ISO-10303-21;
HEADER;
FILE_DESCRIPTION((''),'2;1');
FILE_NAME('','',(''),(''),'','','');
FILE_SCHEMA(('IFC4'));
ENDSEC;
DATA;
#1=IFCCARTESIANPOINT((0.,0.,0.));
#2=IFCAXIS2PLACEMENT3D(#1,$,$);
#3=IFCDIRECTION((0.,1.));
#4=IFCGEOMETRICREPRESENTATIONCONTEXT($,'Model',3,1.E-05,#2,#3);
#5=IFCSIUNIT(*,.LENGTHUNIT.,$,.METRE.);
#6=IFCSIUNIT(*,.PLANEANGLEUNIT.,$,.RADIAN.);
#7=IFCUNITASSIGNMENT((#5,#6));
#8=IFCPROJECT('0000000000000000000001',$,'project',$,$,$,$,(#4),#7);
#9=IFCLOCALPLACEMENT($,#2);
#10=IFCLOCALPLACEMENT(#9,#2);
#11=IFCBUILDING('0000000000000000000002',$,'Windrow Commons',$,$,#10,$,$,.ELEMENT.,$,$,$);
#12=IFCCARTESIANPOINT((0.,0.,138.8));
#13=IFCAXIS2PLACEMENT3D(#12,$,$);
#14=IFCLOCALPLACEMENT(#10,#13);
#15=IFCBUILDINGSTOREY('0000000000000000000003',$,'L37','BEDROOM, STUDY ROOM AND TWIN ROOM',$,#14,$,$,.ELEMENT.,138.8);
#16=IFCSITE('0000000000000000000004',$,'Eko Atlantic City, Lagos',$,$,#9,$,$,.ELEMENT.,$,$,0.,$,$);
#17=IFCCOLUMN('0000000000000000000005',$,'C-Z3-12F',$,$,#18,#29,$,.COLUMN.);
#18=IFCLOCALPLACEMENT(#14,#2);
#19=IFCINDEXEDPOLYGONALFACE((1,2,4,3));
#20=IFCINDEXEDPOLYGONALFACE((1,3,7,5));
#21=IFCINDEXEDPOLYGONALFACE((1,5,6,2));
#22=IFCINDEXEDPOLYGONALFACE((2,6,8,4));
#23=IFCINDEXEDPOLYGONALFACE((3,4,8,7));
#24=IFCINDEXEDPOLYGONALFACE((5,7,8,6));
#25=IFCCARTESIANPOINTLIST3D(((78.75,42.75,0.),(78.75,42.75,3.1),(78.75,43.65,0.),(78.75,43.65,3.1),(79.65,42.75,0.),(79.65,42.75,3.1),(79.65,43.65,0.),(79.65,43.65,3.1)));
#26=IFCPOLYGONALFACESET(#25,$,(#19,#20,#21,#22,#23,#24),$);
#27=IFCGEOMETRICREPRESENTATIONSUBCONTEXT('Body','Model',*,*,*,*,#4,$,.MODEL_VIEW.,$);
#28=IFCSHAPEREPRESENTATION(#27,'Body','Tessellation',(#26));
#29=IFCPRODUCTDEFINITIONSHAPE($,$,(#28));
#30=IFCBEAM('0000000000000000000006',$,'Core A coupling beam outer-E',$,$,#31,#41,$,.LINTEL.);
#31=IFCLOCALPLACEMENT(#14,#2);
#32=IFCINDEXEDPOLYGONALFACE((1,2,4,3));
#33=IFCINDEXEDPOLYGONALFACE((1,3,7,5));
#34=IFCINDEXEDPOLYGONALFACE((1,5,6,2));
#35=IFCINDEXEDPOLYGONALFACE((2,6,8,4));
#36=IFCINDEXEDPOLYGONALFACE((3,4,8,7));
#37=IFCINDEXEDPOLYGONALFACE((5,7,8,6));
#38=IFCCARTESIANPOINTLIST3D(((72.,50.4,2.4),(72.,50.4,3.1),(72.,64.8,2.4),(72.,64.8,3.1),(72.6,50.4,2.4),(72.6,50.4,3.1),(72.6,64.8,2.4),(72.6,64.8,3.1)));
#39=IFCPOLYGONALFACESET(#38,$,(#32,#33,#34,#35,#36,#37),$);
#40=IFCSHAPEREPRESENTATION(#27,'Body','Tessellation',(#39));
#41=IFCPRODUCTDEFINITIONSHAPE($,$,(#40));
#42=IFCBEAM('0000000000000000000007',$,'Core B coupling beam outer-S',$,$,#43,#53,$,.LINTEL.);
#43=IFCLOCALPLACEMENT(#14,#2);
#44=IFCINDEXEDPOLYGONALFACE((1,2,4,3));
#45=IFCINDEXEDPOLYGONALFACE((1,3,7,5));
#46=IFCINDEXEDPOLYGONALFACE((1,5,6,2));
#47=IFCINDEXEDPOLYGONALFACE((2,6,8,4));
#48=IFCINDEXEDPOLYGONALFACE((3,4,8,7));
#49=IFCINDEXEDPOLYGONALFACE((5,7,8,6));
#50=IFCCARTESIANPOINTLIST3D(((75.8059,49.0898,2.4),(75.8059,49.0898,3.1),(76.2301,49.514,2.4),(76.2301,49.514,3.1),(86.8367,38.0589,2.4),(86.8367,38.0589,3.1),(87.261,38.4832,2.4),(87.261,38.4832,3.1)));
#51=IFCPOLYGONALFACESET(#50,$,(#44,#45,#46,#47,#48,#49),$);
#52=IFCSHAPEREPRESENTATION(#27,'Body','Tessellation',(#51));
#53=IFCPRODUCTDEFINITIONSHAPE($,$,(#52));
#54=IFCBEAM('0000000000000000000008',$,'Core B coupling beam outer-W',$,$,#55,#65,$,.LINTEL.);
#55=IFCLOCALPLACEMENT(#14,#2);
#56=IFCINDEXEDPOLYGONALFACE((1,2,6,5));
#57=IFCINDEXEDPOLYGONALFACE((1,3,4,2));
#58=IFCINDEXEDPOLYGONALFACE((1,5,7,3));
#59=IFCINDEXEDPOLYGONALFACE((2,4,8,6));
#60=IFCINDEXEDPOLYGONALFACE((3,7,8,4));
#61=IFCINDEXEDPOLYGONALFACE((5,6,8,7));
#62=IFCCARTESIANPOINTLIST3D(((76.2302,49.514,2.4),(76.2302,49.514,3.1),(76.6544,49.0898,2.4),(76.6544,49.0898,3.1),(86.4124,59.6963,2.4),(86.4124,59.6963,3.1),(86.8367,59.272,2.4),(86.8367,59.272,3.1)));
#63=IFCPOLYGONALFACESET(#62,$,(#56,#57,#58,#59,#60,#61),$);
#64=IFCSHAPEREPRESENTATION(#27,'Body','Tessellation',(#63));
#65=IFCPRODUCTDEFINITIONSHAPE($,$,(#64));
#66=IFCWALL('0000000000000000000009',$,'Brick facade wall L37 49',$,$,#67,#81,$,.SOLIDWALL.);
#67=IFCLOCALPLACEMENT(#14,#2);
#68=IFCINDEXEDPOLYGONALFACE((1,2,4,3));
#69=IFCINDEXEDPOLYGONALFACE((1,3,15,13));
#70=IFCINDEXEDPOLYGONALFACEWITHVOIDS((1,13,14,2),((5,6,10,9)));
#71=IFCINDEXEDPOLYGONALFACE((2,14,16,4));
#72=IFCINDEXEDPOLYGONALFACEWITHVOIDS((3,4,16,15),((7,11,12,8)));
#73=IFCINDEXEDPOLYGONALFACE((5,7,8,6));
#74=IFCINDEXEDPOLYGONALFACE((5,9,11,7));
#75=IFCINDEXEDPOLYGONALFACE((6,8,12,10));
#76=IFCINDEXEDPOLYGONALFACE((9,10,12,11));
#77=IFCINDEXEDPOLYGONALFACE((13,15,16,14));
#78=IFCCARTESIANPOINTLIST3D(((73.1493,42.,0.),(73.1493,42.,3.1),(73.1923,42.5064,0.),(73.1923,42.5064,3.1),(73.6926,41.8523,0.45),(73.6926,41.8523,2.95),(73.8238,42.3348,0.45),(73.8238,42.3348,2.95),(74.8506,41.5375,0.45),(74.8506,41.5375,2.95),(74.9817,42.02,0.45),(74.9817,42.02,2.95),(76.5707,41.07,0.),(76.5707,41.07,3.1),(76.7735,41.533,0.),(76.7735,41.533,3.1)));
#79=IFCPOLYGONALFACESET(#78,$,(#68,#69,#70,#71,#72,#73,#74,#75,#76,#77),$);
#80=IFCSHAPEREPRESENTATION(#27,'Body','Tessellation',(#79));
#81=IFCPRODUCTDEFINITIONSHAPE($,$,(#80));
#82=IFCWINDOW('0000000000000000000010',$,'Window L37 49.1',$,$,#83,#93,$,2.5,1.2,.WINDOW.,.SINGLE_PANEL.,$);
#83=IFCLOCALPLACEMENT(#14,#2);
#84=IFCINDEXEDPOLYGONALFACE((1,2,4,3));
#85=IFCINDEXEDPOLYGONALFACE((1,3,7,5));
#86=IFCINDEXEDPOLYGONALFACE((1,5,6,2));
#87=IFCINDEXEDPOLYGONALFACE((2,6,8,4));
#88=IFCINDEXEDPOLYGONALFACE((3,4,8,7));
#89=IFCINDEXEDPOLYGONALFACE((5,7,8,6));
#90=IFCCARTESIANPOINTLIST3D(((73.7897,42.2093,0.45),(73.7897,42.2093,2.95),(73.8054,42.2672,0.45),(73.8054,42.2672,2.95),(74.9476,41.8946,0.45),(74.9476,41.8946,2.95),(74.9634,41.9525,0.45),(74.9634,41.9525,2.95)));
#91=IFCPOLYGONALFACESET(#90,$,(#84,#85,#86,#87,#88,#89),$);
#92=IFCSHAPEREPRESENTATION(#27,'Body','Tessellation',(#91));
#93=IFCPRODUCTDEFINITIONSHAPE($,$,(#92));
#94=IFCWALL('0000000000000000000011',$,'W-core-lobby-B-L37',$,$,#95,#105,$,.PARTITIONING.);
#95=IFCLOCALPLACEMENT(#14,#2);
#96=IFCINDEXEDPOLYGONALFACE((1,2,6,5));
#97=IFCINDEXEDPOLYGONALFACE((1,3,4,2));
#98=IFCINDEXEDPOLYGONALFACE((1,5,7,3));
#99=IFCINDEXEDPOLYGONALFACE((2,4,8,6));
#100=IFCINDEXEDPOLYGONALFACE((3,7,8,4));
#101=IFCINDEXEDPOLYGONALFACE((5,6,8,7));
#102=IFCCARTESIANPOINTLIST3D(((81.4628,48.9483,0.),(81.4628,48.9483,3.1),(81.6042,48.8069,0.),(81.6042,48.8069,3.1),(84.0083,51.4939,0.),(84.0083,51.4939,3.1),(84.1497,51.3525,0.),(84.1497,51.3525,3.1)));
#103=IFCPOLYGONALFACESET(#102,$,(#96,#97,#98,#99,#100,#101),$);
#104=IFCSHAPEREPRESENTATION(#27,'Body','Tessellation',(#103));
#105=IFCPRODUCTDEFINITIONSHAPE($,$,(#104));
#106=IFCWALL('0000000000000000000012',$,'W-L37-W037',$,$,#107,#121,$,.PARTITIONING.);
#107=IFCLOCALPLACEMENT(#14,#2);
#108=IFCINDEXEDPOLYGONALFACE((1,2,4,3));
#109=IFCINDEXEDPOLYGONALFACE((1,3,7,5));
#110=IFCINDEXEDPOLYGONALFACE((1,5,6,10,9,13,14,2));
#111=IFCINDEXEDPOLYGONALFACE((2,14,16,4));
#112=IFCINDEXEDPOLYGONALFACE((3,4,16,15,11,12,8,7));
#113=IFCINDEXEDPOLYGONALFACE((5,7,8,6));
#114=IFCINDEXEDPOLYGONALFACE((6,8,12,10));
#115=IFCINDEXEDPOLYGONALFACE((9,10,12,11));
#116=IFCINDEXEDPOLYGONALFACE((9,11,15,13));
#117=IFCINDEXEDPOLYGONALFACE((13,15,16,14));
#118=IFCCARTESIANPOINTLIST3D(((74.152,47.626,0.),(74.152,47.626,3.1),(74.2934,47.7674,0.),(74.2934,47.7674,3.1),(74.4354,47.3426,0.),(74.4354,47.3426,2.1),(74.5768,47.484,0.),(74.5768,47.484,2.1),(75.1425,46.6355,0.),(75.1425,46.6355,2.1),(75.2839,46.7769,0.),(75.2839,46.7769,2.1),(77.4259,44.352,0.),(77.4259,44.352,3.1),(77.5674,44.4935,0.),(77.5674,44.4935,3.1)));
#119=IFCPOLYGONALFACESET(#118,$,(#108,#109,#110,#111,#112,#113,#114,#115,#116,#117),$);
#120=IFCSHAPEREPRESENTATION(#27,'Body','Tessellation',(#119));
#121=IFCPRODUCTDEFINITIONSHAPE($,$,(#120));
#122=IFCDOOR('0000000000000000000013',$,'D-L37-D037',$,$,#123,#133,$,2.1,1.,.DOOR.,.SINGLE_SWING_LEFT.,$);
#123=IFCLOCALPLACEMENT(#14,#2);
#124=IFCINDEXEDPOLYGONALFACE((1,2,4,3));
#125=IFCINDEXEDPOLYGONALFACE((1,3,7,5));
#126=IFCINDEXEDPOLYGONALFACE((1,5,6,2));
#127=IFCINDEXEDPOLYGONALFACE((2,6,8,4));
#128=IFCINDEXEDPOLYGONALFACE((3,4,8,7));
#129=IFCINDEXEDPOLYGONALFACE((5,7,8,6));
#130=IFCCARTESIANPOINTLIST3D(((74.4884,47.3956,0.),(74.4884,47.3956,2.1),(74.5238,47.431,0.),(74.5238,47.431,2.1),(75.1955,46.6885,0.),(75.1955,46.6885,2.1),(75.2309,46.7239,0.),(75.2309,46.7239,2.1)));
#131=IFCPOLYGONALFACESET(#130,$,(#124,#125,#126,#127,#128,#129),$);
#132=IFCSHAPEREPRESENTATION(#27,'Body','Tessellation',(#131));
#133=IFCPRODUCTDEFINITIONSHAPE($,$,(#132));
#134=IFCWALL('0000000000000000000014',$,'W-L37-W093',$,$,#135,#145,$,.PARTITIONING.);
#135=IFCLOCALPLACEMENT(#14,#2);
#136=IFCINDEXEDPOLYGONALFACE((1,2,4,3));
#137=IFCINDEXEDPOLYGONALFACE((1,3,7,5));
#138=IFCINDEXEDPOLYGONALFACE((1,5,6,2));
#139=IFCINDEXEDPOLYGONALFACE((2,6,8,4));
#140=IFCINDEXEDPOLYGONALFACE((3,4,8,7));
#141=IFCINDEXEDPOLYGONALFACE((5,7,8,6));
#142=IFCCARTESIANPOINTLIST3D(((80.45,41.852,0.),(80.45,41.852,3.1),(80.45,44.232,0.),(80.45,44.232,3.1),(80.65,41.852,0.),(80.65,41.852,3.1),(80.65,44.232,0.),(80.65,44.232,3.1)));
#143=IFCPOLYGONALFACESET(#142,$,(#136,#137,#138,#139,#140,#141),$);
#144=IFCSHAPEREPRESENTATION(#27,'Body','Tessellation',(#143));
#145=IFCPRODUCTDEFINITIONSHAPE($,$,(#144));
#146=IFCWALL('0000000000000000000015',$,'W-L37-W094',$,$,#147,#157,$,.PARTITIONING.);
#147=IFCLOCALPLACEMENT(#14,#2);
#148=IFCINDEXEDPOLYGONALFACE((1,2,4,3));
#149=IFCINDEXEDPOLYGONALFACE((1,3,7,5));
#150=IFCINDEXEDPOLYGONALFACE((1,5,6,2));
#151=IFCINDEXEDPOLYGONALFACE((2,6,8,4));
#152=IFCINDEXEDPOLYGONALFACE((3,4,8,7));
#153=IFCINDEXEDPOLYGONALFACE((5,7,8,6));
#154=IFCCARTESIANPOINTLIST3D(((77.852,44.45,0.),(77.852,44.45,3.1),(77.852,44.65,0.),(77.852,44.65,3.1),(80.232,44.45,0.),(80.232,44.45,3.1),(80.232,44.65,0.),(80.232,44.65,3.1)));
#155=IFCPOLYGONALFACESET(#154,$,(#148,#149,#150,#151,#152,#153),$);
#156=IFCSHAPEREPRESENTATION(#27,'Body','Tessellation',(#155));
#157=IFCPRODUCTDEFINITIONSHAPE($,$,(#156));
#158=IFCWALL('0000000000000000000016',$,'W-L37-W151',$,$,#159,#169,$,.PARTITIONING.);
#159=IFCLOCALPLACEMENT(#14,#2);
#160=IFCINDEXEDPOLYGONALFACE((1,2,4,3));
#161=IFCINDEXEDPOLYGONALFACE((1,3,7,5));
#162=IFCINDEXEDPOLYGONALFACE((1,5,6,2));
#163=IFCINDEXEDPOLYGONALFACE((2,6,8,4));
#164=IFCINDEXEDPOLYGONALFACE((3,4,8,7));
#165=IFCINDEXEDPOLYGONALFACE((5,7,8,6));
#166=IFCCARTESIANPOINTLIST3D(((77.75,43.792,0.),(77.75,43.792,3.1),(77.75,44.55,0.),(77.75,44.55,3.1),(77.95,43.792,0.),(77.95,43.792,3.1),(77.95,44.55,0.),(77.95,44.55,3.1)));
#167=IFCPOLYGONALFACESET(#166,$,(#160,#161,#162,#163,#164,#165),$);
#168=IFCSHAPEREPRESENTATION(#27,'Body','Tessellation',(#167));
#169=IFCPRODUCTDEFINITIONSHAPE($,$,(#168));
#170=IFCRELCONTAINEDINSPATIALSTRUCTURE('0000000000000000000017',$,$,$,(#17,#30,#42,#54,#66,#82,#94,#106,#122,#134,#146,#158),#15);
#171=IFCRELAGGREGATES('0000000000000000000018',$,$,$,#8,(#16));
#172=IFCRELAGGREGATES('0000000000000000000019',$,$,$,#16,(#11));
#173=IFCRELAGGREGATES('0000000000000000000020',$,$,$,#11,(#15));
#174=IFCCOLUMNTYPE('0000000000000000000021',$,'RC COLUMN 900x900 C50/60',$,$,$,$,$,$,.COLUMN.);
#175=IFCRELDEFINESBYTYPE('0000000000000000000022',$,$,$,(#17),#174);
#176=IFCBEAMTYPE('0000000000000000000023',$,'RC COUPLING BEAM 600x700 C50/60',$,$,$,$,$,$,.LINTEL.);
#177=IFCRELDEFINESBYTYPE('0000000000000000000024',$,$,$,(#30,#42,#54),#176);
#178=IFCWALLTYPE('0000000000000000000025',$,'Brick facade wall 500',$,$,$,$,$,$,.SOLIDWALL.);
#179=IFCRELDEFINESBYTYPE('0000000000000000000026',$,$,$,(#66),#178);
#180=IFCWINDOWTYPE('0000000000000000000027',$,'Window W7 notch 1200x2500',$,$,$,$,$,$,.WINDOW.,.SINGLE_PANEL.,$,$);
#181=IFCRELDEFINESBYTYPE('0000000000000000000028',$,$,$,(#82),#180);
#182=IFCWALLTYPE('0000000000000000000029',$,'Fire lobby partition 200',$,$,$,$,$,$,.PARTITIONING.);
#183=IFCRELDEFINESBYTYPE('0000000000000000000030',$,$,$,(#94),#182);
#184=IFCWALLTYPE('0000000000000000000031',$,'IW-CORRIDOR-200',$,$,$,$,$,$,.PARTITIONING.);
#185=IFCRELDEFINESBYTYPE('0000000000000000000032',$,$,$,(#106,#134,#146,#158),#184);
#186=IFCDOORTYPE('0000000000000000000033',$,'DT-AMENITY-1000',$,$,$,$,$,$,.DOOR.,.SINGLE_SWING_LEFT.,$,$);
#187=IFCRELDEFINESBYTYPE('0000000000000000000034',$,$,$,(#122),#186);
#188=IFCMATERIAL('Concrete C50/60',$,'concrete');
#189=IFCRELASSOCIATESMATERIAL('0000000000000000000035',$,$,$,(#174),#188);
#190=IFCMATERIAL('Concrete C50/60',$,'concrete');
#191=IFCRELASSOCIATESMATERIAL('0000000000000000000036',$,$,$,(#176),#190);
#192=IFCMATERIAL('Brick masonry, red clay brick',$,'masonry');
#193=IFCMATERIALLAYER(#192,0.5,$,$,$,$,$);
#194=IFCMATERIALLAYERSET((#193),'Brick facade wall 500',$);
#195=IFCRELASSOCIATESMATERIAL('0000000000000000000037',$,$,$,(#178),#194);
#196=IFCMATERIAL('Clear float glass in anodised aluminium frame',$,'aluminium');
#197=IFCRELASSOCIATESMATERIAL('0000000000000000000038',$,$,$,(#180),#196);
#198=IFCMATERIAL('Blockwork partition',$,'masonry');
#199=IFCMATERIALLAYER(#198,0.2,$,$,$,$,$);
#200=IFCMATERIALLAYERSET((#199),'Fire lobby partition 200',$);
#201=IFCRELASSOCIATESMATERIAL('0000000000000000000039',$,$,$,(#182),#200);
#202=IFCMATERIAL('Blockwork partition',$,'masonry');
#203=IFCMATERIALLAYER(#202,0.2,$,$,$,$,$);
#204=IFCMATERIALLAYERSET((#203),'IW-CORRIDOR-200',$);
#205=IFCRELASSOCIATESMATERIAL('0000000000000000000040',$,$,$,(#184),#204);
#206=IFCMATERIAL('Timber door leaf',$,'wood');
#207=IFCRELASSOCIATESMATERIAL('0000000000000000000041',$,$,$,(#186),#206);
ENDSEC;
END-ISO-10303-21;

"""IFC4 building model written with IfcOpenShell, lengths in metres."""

from ifc_helpers import new_model, si_unit, direction, frame, frame_2d, origin, origin_2d, place, context, subcontext, project, spatial, polyline, rectangle, outline, extrude, material, layer, layer_set, material_profile, profile_set, type_object, element, fill, save


model = new_model("IFC4")

# Units and contexts
model_context = context("Model", 3, precision=1e-05, world=origin(), true_north=direction((0.0, 1.0)))
body_context = subcontext(model_context, "Body", "Model", "MODEL_VIEW")
ifc_project = project(units=[si_unit("LENGTHUNIT", "METRE"), si_unit("PLANEANGLEUNIT", "RADIAN")], contexts=[model_context])

# Site, building, storey
site_placement = place(None, origin())
site = spatial("IfcSite", under=ifc_project, at=site_placement, Name="Eko Atlantic City, Lagos", CompositionType="ELEMENT", RefElevation=0.0)
building_placement = place(site_placement, origin())
building = spatial("IfcBuilding", under=site, at=building_placement, Name="Windrow Commons", CompositionType="ELEMENT")
storey_placement = place(building_placement, frame((0.0, 0.0, 138.8)))
storey = spatial("IfcBuildingStorey", under=building, at=storey_placement, Name="L37", Description="BEDROOM, STUDY ROOM AND TWIN ROOM", CompositionType="ELEMENT", Elevation=138.8)

# Column
ifc_material_1 = material(Name="Concrete C50/60", Category="concrete")
ifc_material_profile_1 = material_profile(ifc_material_1, rectangle(XDim=0.9, YDim=0.9, at=origin_2d()))
ifc_profile_set_1 = profile_set([ifc_material_profile_1], Name="Concrete C50/60")
column_type = type_object("IfcColumnType", Name="RC COLUMN 900x900 C50/60", PredefinedType="COLUMN", material=ifc_profile_set_1)
column_placement = place(storey_placement, frame((79.2, 43.2, 0.0), z_axis=(0.0, 0.0, 1.0), x_axis=(1.0, 0.0, 0.0)))
element("IfcColumn", 1, at=column_placement, inside=storey, type_object=column_type, Name="C-Z3-12F", PredefinedType="COLUMN", context=body_context, shape_type="SweptSolid", body=[
    extrude(rectangle(XDim=0.9, YDim=0.9, at=origin_2d()), origin(), (0.0, 0.0, 1.0), 3.1),
])

# Beams
ifc_material_2 = material(Name="Concrete C50/60", Category="concrete")
ifc_material_profile_2 = material_profile(ifc_material_2, rectangle(XDim=0.6, YDim=0.7, at=origin_2d()))
ifc_profile_set_2 = profile_set([ifc_material_profile_2], Name="Concrete C50/60")
beam_type = type_object("IfcBeamType", Name="RC COUPLING BEAM 600x700 C50/60", PredefinedType="LINTEL", material=ifc_profile_set_2)
beam_1_placement = place(storey_placement, frame((72.3, 50.4, 2.75), z_axis=(0.0, 1.0, 0.0), x_axis=(-1.0, 0.0, 0.0)))
element("IfcBeam", 2, at=beam_1_placement, inside=storey, type_object=beam_type, Name="Core A coupling beam outer-E", PredefinedType="LINTEL", context=body_context, shape_type="SweptSolid", body=[
    extrude(rectangle(XDim=0.6, YDim=0.7, at=origin_2d()), origin(), (0.0, 0.0, 1.0), 14.4),
])
beam_2_placement = place(storey_placement, frame((76.018, 49.3019, 2.75), z_axis=(0.707107, -0.707107, 0.0), x_axis=(0.707107, 0.707107, 0.0)))
element("IfcBeam", 3, at=beam_2_placement, inside=storey, type_object=beam_type, Name="Core B coupling beam outer-S", PredefinedType="LINTEL", context=body_context, shape_type="SweptSolid", body=[
    extrude(rectangle(XDim=0.6, YDim=0.7, at=origin_2d()), origin(), (0.0, 0.0, 1.0), 15.6),
])
beam_3_placement = place(storey_placement, frame((76.4423, 49.3019, 2.75), z_axis=(0.707107, 0.707107, 0.0), x_axis=(-0.707107, 0.707107, 0.0)))
element("IfcBeam", 4, at=beam_3_placement, inside=storey, type_object=beam_type, Name="Core B coupling beam outer-W", PredefinedType="LINTEL", context=body_context, shape_type="SweptSolid", body=[
    extrude(rectangle(XDim=0.6, YDim=0.7, at=origin_2d()), origin(), (0.0, 0.0, 1.0), 14.3999),
])

# Wall, opening, window
ifc_material_3 = material(Name="Brick masonry, red clay brick", Category="masonry")
ifc_layer_1 = layer(ifc_material_3, 0.5)
ifc_layer_set_1 = layer_set([ifc_layer_1], Name="Brick facade wall 500")
wall_type_1 = type_object("IfcWallType", Name="Brick facade wall 500", PredefinedType="SOLIDWALL", material=ifc_layer_set_1)
wall_1_placement = place(storey_placement, frame((73.1708, 42.2532, 0.0), z_axis=(0.0, 0.0, 1.0), x_axis=(0.964987, -0.262296, 0.0)))
wall_1 = element("IfcWall", 5, at=wall_1_placement, inside=storey, type_object=wall_type_1, Name="Brick facade wall L37 49", PredefinedType="SOLIDWALL", context=body_context, shape_type="SweptSolid", body=[
    extrude(outline(polyline([(0.0457, -0.25), (3.5912, -0.25), (3.6655, 0.25), (-0.0457, 0.25), (0.0457, -0.25)])), origin(), (0.0, 0.0, 1.0), 3.1),
])
opening_1_placement = place(wall_1_placement, frame((0.6087, 0.0, 0.45)))
opening_1 = element("IfcOpeningElement", 6, at=opening_1_placement, cuts=wall_1, PredefinedType="OPENING", context=body_context, shape_type="SweptSolid", body=[
    extrude(rectangle(XDim=1.2, YDim=2.5, at=frame_2d((0.6, 1.25))), frame((0.0, 0.26, 0.0), z_axis=(0.0, -1.0, 0.0), x_axis=(1.0, 0.0, 0.0)), (0.0, 0.0, 1.0), 0.52),
])
ifc_material_4 = material(Name="Clear float glass in anodised aluminium frame", Category="aluminium")
window_type = type_object("IfcWindowType", Name="Window W7 notch 1200x2500", PartitioningType="SINGLE_PANEL", PredefinedType="WINDOW", material=ifc_material_4)
window_placement = place(opening_1_placement, origin())
window = element("IfcWindow", 7, at=window_placement, inside=storey, type_object=window_type, Name="Window L37 49.1", OverallHeight=2.5, OverallWidth=1.2, PartitioningType="SINGLE_PANEL", PredefinedType="WINDOW", context=body_context, shape_type="SweptSolid", body=[
    extrude(rectangle(XDim=1.2, YDim=2.5, at=frame_2d((0.6, 1.25))), frame((0.0, 0.18, 0.0), z_axis=(0.0, -1.0, 0.0), x_axis=(1.0, 0.0, 0.0)), (0.0, 0.0, 1.0), 0.06),
])
fill(opening_1, window)

# Wall
ifc_material_5 = material(Name="Blockwork partition", Category="masonry")
ifc_layer_2 = layer(ifc_material_5, 0.2)
ifc_layer_set_2 = layer_set([ifc_layer_2], Name="Fire lobby partition 200")
wall_type_2 = type_object("IfcWallType", Name="Fire lobby partition 200", PredefinedType="PARTITIONING", material=ifc_layer_set_2)
wall_2_placement = place(storey_placement, frame((81.5335, 48.8776, 0.0), z_axis=(0.0, 0.0, 1.0), x_axis=(0.707093, 0.707121, 0.0)))
element("IfcWall", 8, at=wall_2_placement, inside=storey, type_object=wall_type_2, Name="W-core-lobby-B-L37", PredefinedType="PARTITIONING", context=body_context, shape_type="SweptSolid", body=[
    extrude(rectangle(XDim=3.6, YDim=0.2, at=frame_2d((1.8, 0.0))), origin(), (0.0, 0.0, 1.0), 3.1),
])

# Wall, opening, door
ifc_material_6 = material(Name="Blockwork partition", Category="masonry")
ifc_layer_3 = layer(ifc_material_6, 0.2)
ifc_layer_set_3 = layer_set([ifc_layer_3], Name="IW-CORRIDOR-200")
wall_type_3 = type_object("IfcWallType", Name="IW-CORRIDOR-200", PredefinedType="PARTITIONING", material=ifc_layer_set_3)
wall_3_placement = place(storey_placement, frame((74.2227, 47.6967, 0.0), z_axis=(0.0, 0.0, 1.0), x_axis=(0.707107, -0.707107, 0.0)))
wall_3 = element("IfcWall", 9, at=wall_3_placement, inside=storey, type_object=wall_type_3, Name="W-L37-W037", PredefinedType="PARTITIONING", context=body_context, shape_type="SweptSolid", body=[
    extrude(rectangle(XDim=4.6301, YDim=0.2, at=frame_2d((2.315, 0.0))), origin(), (0.0, 0.0, 1.0), 3.1),
])
opening_2_placement = place(wall_3_placement, frame((0.4008, 0.0, 0.0)))
opening_2 = element("IfcOpeningElement", 10, at=opening_2_placement, cuts=wall_3, PredefinedType="OPENING", context=body_context, shape_type="SweptSolid", body=[
    extrude(rectangle(XDim=1.0, YDim=2.1, at=frame_2d((0.5, 1.05))), frame((0.0, 0.11, 0.0), z_axis=(0.0, -1.0, 0.0), x_axis=(1.0, 0.0, 0.0)), (0.0, 0.0, 1.0), 0.22),
])
ifc_material_7 = material(Name="Timber door leaf", Category="wood")
door_type_1 = type_object("IfcDoorType", Name="DT-AMENITY-1000", OperationType="SINGLE_SWING_LEFT", PredefinedType="DOOR", material=ifc_material_7)
door_1_placement = place(opening_2_placement, origin())
door_1 = element("IfcDoor", 11, at=door_1_placement, inside=storey, type_object=door_type_1, Name="D-L37-D037", OperationType="SINGLE_SWING_LEFT", OverallHeight=2.1, OverallWidth=1.0, PredefinedType="DOOR", context=body_context, shape_type="SweptSolid", body=[
    extrude(rectangle(XDim=1.0, YDim=2.1, at=frame_2d((0.5, 1.05))), frame((0.0, 0.025, 0.0), z_axis=(0.0, -1.0, 0.0), x_axis=(1.0, 0.0, 0.0)), (0.0, 0.0, 1.0), 0.05),
])
fill(opening_2, door_1)

# Walls
for number, where, z_axis, x_axis, name in (
    (12, (80.55, 41.852, 0.0), (0.0, 0.0, 1.0), (0.0, 1.0, 0.0), "W-L37-W093"),
    (13, (77.852, 44.55, 0.0), (0.0, 0.0, 1.0), (1.0, 0.0, 0.0), "W-L37-W094"),
):
    element("IfcWall", number, at=place(storey_placement, frame(where, z_axis=z_axis, x_axis=x_axis)), inside=storey, type_object=wall_type_3, Name=name, PredefinedType="PARTITIONING", context=body_context, shape_type="SweptSolid", body=[
        extrude(rectangle(XDim=2.38, YDim=0.2, at=frame_2d((1.19, 0.0))), origin(), (0.0, 0.0, 1.0), 3.1),
    ])
wall_4_placement = place(storey_placement, frame((77.85, 43.792, 0.0), z_axis=(0.0, 0.0, 1.0), x_axis=(0.0, 1.0, 0.0)))
element("IfcWall", 14, at=wall_4_placement, inside=storey, type_object=wall_type_3, Name="W-L37-W151", PredefinedType="PARTITIONING", context=body_context, shape_type="SweptSolid", body=[
    extrude(rectangle(XDim=0.758, YDim=0.2, at=frame_2d((0.379, 0.0))), origin(), (0.0, 0.0, 1.0), 3.1),
])

save(model, "model.ifc")
